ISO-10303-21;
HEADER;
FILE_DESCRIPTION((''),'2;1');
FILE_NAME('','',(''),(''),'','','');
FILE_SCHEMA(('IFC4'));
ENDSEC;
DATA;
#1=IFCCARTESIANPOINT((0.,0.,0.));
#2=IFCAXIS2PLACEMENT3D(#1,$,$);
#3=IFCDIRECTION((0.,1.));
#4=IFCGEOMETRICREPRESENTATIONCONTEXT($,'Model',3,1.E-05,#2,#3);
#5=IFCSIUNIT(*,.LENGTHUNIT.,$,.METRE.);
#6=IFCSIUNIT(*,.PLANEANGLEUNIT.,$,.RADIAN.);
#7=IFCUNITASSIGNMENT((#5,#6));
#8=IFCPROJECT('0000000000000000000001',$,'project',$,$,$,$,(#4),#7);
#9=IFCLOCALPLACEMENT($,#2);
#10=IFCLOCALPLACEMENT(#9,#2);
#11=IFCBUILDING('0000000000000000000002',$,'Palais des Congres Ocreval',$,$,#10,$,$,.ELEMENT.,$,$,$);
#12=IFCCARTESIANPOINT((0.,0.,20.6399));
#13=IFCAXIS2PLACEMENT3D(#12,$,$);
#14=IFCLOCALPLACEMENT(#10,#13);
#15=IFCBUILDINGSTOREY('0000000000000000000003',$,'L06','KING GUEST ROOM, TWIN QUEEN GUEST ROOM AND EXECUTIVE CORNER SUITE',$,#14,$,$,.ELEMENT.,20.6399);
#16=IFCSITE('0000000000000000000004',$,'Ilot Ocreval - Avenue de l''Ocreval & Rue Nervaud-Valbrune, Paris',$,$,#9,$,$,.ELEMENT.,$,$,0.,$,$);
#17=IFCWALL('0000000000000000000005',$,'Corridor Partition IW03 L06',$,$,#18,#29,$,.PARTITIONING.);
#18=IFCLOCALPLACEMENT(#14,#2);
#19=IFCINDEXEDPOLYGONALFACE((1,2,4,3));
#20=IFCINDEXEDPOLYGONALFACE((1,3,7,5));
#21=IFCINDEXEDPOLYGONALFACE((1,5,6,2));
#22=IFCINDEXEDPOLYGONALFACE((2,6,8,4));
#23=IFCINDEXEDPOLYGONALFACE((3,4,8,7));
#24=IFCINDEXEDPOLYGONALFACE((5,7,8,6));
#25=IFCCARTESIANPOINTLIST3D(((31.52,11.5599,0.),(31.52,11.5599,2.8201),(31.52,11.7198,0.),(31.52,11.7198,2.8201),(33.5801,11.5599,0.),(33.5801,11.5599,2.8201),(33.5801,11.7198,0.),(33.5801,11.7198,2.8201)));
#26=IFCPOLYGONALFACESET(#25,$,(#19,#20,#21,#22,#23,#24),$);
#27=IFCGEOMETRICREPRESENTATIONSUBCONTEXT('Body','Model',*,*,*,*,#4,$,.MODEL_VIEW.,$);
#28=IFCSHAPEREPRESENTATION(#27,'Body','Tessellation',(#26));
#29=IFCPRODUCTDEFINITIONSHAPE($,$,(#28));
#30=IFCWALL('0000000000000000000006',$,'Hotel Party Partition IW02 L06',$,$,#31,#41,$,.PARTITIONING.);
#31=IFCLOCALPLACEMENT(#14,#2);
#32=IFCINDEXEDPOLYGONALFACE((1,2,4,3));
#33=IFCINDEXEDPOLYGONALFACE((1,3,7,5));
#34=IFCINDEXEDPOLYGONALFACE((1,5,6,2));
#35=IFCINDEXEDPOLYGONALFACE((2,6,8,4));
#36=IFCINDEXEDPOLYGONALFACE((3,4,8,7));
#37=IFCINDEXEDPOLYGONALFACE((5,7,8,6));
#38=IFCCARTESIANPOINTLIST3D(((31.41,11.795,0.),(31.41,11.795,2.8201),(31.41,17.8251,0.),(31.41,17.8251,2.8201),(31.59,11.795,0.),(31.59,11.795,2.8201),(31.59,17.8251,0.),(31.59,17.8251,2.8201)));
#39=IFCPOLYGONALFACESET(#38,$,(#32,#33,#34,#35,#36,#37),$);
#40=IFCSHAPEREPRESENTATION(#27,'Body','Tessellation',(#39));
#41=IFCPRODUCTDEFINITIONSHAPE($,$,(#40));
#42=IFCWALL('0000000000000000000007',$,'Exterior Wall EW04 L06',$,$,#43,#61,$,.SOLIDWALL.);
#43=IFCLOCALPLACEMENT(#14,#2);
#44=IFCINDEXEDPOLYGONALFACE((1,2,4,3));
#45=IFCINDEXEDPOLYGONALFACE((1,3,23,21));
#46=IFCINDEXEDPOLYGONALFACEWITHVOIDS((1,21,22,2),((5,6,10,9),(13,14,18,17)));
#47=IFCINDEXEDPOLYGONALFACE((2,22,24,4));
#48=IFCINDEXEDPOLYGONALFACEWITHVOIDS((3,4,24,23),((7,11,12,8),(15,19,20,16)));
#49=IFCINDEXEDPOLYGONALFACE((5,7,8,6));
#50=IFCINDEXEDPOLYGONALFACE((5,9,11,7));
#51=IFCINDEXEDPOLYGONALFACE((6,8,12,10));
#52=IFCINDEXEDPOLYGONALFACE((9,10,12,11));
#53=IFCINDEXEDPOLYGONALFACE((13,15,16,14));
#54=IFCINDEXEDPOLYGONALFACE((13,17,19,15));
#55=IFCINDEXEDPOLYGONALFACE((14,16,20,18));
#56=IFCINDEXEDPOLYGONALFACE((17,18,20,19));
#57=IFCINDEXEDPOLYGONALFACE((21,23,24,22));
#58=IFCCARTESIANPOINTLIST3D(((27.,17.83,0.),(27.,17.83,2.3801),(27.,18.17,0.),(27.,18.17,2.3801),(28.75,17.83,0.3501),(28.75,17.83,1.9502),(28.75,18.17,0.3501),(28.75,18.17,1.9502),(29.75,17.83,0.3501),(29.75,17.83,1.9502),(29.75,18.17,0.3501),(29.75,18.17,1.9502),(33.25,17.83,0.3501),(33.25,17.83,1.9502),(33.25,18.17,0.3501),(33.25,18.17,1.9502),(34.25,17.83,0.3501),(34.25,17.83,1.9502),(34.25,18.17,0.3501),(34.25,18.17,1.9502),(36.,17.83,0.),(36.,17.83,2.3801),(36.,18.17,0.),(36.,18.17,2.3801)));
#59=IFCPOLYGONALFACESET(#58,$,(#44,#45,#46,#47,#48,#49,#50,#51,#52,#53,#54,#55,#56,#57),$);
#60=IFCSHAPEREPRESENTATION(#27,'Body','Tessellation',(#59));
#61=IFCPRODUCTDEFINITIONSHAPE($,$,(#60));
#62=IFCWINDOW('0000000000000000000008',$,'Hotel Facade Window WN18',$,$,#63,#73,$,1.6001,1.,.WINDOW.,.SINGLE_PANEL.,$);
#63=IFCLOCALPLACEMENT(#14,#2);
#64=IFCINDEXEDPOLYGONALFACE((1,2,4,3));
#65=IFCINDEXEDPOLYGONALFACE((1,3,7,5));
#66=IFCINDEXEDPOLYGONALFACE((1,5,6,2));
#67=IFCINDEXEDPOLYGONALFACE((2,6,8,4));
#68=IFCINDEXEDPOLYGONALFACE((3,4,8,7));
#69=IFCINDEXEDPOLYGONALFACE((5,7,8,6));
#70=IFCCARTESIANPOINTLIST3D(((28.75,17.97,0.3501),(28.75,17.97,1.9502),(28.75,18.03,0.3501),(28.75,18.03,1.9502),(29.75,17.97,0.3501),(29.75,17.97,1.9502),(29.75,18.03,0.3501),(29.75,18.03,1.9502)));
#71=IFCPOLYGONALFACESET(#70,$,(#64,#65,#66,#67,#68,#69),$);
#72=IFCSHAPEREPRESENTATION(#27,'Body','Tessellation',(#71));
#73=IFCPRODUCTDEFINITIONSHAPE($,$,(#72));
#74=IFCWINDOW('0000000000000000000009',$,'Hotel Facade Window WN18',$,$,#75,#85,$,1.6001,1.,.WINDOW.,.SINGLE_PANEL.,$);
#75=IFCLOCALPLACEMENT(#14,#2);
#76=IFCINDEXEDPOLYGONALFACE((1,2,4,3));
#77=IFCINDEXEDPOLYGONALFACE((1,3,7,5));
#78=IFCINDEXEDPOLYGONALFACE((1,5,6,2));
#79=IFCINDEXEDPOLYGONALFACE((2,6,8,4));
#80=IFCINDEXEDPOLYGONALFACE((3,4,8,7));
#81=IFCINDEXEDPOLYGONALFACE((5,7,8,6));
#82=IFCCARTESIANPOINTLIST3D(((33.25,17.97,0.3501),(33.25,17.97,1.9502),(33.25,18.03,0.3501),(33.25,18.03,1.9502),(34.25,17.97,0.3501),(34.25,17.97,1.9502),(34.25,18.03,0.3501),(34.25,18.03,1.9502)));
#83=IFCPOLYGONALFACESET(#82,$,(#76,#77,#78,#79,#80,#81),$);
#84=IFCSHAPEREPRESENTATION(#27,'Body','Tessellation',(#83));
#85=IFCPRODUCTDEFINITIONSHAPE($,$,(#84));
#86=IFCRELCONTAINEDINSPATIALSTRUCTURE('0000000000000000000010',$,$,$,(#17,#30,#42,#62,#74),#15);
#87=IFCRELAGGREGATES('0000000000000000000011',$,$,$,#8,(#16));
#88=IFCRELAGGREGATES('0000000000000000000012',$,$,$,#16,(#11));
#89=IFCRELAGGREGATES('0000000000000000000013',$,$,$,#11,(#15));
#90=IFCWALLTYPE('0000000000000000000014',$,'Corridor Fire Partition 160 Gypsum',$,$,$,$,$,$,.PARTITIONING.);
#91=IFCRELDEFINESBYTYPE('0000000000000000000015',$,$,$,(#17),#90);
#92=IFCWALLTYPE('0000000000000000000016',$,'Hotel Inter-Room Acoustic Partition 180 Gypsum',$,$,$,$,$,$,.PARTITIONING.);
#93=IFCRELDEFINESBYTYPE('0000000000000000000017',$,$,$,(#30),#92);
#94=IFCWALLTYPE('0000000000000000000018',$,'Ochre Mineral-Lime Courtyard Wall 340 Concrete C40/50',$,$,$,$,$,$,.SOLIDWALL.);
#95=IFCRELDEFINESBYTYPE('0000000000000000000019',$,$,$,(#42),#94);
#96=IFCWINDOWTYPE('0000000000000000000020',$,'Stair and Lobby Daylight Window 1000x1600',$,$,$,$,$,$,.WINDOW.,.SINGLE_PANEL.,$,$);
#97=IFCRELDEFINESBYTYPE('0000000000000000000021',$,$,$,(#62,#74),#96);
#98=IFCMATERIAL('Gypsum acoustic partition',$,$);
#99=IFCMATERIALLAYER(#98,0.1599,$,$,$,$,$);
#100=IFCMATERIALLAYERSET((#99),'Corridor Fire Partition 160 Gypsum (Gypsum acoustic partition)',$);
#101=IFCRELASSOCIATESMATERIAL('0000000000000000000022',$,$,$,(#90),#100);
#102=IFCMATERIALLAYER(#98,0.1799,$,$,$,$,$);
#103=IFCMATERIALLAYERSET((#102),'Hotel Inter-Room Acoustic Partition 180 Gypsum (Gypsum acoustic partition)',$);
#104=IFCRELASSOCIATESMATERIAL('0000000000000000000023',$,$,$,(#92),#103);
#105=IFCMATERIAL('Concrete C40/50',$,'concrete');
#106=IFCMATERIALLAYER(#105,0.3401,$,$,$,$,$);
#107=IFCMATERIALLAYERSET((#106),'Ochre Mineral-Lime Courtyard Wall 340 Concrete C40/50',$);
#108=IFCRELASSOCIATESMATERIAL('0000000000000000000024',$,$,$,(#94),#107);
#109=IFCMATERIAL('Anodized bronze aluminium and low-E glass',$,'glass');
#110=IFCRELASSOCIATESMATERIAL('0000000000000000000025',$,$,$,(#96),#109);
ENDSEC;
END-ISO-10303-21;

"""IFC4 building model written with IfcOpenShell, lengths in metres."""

from ifc_helpers import new_model, si_unit, direction, frame, frame_2d, origin, place, context, subcontext, project, spatial, rectangle, extrude, material, layer, layer_set, type_object, element, fill, save


model = new_model("IFC4")

# Units and contexts
model_context = context("Model", 3, precision=1e-05, world=origin(), true_north=direction((0.0, 1.0)))
body_context = subcontext(model_context, "Body", "Model", "MODEL_VIEW")
ifc_project = project(units=[si_unit("LENGTHUNIT", "METRE"), si_unit("PLANEANGLEUNIT", "RADIAN")], contexts=[model_context])

# Site, building, storey
site_placement = place(None, origin())
site = spatial("IfcSite", under=ifc_project, at=site_placement, Name="Ilot Ocreval - Avenue de l'Ocreval & Rue Nervaud-Valbrune, Paris", CompositionType="ELEMENT", RefElevation=0.0)
building_placement = place(site_placement, origin())
building = spatial("IfcBuilding", under=site, at=building_placement, Name="Palais des Congres Ocreval", CompositionType="ELEMENT")
storey_placement = place(building_placement, frame((0.0, 0.0, 20.6399)))
storey = spatial("IfcBuildingStorey", under=building, at=storey_placement, Name="L06", Description="KING GUEST ROOM, TWIN QUEEN GUEST ROOM AND EXECUTIVE CORNER SUITE", CompositionType="ELEMENT", Elevation=20.6399)

# Shared definitions
ifc_material_1 = material(Name="Concrete C40/50", Category="concrete")

# Wall
ifc_material_2 = material(Name="Gypsum acoustic partition")
ifc_layer_1 = layer(ifc_material_2, 0.1599)
ifc_layer_set_1 = layer_set([ifc_layer_1], Name="Corridor Fire Partition 160 Gypsum (Gypsum acoustic partition)")
wall_type_1 = type_object("IfcWallType", Name="Corridor Fire Partition 160 Gypsum", PredefinedType="PARTITIONING", material=ifc_layer_set_1)
for number, where, z_axis, x_axis, name in (
    (1, (31.52, 11.6399, 0.0), (0.0, 0.0, 1.0), (1.0, 0.0, 0.0), "Corridor Partition IW03 L06"),
):
    element("IfcWall", number, at=place(storey_placement, frame(where, z_axis=z_axis, x_axis=x_axis)), inside=storey, type_object=wall_type_1, Name=name, PredefinedType="PARTITIONING", context=body_context, shape_type="SweptSolid", body=[
        extrude(rectangle(XDim=2.0601, YDim=0.1599, at=frame_2d((1.03, 0.0))), origin(), (0.0, 0.0, 1.0), 2.8201),
    ])

# Wall
ifc_layer_2 = layer(ifc_material_2, 0.1799)
ifc_layer_set_2 = layer_set([ifc_layer_2], Name="Hotel Inter-Room Acoustic Partition 180 Gypsum (Gypsum acoustic partition)")
wall_type_2 = type_object("IfcWallType", Name="Hotel Inter-Room Acoustic Partition 180 Gypsum", PredefinedType="PARTITIONING", material=ifc_layer_set_2)
wall_1_placement = place(storey_placement, frame((31.5, 11.7949, 0.0), z_axis=(0.0, 0.0, 1.0), x_axis=(0.0, 1.0, 0.0)))
element("IfcWall", 2, at=wall_1_placement, inside=storey, type_object=wall_type_2, Name="Hotel Party Partition IW02 L06", PredefinedType="PARTITIONING", context=body_context, shape_type="SweptSolid", body=[
    extrude(rectangle(XDim=6.03, YDim=0.1799, at=frame_2d((3.0151, 0.0))), origin(), (0.0, 0.0, 1.0), 2.8201),
])

# Wall, openings, windows
ifc_layer_3 = layer(ifc_material_1, 0.3401)
ifc_layer_set_3 = layer_set([ifc_layer_3], Name="Ochre Mineral-Lime Courtyard Wall 340 Concrete C40/50")
wall_type_3 = type_object("IfcWallType", Name="Ochre Mineral-Lime Courtyard Wall 340 Concrete C40/50", PredefinedType="SOLIDWALL", material=ifc_layer_set_3)
wall_2_placement = place(storey_placement, frame((27.0, 18.0, 0.0), z_axis=(0.0, 0.0, 1.0), x_axis=(1.0, 0.0, 0.0)))
wall_2 = element("IfcWall", 3, at=wall_2_placement, inside=storey, type_object=wall_type_3, Name="Exterior Wall EW04 L06", PredefinedType="SOLIDWALL", context=body_context, shape_type="SweptSolid", body=[
    extrude(rectangle(XDim=9.0, YDim=0.3401, at=frame_2d((4.5, 0.0))), origin(), (0.0, 0.0, 1.0), 2.3801),
])
opening_1_placement = place(wall_2_placement, frame((1.75, 0.0, 0.3501)))
opening_1 = element("IfcOpeningElement", 4, at=opening_1_placement, cuts=wall_2, PredefinedType="OPENING", context=body_context, shape_type="SweptSolid", body=[
    extrude(rectangle(XDim=1.0, YDim=1.6001, at=frame_2d((0.5, 0.8))), frame((0.0, 0.1799, 0.0), z_axis=(0.0, -1.0, 0.0), x_axis=(1.0, 0.0, 0.0)), (0.0, 0.0, 1.0), 0.3601),
])
opening_2_placement = place(wall_2_placement, frame((6.25, 0.0, 0.3501)))
opening_2 = element("IfcOpeningElement", 5, at=opening_2_placement, cuts=wall_2, PredefinedType="OPENING", context=body_context, shape_type="SweptSolid", body=[
    extrude(rectangle(XDim=1.0, YDim=1.6001, at=frame_2d((0.5, 0.8))), frame((0.0, 0.1799, 0.0), z_axis=(0.0, -1.0, 0.0), x_axis=(1.0, 0.0, 0.0)), (0.0, 0.0, 1.0), 0.3601),
])
ifc_material_3 = material(Name="Anodized bronze aluminium and low-E glass", Category="glass")
window_type = type_object("IfcWindowType", Name="Stair and Lobby Daylight Window 1000x1600", PartitioningType="SINGLE_PANEL", PredefinedType="WINDOW", material=ifc_material_3)
window_1_placement = place(opening_1_placement, origin())
window_1 = element("IfcWindow", 6, at=window_1_placement, inside=storey, type_object=window_type, Name="Hotel Facade Window WN18", OverallHeight=1.6001, OverallWidth=1.0, PartitioningType="SINGLE_PANEL", PredefinedType="WINDOW", context=body_context, shape_type="SweptSolid", body=[
    extrude(rectangle(XDim=1.0, YDim=1.6001, at=frame_2d((0.5, 0.8))), frame((0.0, 0.03, 0.0), z_axis=(0.0, -1.0, 0.0), x_axis=(1.0, 0.0, 0.0)), (0.0, 0.0, 1.0), 0.0601),
])
fill(opening_1, window_1)
window_2_placement = place(opening_2_placement, origin())
window_2 = element("IfcWindow", 7, at=window_2_placement, inside=storey, type_object=window_type, Name="Hotel Facade Window WN18", OverallHeight=1.6001, OverallWidth=1.0, PartitioningType="SINGLE_PANEL", PredefinedType="WINDOW", context=body_context, shape_type="SweptSolid", body=[
    extrude(rectangle(XDim=1.0, YDim=1.6001, at=frame_2d((0.5, 0.8))), frame((0.0, 0.03, 0.0), z_axis=(0.0, -1.0, 0.0), x_axis=(1.0, 0.0, 0.0)), (0.0, 0.0, 1.0), 0.0601),
])
fill(opening_2, window_2)

save(model, "model.ifc")
